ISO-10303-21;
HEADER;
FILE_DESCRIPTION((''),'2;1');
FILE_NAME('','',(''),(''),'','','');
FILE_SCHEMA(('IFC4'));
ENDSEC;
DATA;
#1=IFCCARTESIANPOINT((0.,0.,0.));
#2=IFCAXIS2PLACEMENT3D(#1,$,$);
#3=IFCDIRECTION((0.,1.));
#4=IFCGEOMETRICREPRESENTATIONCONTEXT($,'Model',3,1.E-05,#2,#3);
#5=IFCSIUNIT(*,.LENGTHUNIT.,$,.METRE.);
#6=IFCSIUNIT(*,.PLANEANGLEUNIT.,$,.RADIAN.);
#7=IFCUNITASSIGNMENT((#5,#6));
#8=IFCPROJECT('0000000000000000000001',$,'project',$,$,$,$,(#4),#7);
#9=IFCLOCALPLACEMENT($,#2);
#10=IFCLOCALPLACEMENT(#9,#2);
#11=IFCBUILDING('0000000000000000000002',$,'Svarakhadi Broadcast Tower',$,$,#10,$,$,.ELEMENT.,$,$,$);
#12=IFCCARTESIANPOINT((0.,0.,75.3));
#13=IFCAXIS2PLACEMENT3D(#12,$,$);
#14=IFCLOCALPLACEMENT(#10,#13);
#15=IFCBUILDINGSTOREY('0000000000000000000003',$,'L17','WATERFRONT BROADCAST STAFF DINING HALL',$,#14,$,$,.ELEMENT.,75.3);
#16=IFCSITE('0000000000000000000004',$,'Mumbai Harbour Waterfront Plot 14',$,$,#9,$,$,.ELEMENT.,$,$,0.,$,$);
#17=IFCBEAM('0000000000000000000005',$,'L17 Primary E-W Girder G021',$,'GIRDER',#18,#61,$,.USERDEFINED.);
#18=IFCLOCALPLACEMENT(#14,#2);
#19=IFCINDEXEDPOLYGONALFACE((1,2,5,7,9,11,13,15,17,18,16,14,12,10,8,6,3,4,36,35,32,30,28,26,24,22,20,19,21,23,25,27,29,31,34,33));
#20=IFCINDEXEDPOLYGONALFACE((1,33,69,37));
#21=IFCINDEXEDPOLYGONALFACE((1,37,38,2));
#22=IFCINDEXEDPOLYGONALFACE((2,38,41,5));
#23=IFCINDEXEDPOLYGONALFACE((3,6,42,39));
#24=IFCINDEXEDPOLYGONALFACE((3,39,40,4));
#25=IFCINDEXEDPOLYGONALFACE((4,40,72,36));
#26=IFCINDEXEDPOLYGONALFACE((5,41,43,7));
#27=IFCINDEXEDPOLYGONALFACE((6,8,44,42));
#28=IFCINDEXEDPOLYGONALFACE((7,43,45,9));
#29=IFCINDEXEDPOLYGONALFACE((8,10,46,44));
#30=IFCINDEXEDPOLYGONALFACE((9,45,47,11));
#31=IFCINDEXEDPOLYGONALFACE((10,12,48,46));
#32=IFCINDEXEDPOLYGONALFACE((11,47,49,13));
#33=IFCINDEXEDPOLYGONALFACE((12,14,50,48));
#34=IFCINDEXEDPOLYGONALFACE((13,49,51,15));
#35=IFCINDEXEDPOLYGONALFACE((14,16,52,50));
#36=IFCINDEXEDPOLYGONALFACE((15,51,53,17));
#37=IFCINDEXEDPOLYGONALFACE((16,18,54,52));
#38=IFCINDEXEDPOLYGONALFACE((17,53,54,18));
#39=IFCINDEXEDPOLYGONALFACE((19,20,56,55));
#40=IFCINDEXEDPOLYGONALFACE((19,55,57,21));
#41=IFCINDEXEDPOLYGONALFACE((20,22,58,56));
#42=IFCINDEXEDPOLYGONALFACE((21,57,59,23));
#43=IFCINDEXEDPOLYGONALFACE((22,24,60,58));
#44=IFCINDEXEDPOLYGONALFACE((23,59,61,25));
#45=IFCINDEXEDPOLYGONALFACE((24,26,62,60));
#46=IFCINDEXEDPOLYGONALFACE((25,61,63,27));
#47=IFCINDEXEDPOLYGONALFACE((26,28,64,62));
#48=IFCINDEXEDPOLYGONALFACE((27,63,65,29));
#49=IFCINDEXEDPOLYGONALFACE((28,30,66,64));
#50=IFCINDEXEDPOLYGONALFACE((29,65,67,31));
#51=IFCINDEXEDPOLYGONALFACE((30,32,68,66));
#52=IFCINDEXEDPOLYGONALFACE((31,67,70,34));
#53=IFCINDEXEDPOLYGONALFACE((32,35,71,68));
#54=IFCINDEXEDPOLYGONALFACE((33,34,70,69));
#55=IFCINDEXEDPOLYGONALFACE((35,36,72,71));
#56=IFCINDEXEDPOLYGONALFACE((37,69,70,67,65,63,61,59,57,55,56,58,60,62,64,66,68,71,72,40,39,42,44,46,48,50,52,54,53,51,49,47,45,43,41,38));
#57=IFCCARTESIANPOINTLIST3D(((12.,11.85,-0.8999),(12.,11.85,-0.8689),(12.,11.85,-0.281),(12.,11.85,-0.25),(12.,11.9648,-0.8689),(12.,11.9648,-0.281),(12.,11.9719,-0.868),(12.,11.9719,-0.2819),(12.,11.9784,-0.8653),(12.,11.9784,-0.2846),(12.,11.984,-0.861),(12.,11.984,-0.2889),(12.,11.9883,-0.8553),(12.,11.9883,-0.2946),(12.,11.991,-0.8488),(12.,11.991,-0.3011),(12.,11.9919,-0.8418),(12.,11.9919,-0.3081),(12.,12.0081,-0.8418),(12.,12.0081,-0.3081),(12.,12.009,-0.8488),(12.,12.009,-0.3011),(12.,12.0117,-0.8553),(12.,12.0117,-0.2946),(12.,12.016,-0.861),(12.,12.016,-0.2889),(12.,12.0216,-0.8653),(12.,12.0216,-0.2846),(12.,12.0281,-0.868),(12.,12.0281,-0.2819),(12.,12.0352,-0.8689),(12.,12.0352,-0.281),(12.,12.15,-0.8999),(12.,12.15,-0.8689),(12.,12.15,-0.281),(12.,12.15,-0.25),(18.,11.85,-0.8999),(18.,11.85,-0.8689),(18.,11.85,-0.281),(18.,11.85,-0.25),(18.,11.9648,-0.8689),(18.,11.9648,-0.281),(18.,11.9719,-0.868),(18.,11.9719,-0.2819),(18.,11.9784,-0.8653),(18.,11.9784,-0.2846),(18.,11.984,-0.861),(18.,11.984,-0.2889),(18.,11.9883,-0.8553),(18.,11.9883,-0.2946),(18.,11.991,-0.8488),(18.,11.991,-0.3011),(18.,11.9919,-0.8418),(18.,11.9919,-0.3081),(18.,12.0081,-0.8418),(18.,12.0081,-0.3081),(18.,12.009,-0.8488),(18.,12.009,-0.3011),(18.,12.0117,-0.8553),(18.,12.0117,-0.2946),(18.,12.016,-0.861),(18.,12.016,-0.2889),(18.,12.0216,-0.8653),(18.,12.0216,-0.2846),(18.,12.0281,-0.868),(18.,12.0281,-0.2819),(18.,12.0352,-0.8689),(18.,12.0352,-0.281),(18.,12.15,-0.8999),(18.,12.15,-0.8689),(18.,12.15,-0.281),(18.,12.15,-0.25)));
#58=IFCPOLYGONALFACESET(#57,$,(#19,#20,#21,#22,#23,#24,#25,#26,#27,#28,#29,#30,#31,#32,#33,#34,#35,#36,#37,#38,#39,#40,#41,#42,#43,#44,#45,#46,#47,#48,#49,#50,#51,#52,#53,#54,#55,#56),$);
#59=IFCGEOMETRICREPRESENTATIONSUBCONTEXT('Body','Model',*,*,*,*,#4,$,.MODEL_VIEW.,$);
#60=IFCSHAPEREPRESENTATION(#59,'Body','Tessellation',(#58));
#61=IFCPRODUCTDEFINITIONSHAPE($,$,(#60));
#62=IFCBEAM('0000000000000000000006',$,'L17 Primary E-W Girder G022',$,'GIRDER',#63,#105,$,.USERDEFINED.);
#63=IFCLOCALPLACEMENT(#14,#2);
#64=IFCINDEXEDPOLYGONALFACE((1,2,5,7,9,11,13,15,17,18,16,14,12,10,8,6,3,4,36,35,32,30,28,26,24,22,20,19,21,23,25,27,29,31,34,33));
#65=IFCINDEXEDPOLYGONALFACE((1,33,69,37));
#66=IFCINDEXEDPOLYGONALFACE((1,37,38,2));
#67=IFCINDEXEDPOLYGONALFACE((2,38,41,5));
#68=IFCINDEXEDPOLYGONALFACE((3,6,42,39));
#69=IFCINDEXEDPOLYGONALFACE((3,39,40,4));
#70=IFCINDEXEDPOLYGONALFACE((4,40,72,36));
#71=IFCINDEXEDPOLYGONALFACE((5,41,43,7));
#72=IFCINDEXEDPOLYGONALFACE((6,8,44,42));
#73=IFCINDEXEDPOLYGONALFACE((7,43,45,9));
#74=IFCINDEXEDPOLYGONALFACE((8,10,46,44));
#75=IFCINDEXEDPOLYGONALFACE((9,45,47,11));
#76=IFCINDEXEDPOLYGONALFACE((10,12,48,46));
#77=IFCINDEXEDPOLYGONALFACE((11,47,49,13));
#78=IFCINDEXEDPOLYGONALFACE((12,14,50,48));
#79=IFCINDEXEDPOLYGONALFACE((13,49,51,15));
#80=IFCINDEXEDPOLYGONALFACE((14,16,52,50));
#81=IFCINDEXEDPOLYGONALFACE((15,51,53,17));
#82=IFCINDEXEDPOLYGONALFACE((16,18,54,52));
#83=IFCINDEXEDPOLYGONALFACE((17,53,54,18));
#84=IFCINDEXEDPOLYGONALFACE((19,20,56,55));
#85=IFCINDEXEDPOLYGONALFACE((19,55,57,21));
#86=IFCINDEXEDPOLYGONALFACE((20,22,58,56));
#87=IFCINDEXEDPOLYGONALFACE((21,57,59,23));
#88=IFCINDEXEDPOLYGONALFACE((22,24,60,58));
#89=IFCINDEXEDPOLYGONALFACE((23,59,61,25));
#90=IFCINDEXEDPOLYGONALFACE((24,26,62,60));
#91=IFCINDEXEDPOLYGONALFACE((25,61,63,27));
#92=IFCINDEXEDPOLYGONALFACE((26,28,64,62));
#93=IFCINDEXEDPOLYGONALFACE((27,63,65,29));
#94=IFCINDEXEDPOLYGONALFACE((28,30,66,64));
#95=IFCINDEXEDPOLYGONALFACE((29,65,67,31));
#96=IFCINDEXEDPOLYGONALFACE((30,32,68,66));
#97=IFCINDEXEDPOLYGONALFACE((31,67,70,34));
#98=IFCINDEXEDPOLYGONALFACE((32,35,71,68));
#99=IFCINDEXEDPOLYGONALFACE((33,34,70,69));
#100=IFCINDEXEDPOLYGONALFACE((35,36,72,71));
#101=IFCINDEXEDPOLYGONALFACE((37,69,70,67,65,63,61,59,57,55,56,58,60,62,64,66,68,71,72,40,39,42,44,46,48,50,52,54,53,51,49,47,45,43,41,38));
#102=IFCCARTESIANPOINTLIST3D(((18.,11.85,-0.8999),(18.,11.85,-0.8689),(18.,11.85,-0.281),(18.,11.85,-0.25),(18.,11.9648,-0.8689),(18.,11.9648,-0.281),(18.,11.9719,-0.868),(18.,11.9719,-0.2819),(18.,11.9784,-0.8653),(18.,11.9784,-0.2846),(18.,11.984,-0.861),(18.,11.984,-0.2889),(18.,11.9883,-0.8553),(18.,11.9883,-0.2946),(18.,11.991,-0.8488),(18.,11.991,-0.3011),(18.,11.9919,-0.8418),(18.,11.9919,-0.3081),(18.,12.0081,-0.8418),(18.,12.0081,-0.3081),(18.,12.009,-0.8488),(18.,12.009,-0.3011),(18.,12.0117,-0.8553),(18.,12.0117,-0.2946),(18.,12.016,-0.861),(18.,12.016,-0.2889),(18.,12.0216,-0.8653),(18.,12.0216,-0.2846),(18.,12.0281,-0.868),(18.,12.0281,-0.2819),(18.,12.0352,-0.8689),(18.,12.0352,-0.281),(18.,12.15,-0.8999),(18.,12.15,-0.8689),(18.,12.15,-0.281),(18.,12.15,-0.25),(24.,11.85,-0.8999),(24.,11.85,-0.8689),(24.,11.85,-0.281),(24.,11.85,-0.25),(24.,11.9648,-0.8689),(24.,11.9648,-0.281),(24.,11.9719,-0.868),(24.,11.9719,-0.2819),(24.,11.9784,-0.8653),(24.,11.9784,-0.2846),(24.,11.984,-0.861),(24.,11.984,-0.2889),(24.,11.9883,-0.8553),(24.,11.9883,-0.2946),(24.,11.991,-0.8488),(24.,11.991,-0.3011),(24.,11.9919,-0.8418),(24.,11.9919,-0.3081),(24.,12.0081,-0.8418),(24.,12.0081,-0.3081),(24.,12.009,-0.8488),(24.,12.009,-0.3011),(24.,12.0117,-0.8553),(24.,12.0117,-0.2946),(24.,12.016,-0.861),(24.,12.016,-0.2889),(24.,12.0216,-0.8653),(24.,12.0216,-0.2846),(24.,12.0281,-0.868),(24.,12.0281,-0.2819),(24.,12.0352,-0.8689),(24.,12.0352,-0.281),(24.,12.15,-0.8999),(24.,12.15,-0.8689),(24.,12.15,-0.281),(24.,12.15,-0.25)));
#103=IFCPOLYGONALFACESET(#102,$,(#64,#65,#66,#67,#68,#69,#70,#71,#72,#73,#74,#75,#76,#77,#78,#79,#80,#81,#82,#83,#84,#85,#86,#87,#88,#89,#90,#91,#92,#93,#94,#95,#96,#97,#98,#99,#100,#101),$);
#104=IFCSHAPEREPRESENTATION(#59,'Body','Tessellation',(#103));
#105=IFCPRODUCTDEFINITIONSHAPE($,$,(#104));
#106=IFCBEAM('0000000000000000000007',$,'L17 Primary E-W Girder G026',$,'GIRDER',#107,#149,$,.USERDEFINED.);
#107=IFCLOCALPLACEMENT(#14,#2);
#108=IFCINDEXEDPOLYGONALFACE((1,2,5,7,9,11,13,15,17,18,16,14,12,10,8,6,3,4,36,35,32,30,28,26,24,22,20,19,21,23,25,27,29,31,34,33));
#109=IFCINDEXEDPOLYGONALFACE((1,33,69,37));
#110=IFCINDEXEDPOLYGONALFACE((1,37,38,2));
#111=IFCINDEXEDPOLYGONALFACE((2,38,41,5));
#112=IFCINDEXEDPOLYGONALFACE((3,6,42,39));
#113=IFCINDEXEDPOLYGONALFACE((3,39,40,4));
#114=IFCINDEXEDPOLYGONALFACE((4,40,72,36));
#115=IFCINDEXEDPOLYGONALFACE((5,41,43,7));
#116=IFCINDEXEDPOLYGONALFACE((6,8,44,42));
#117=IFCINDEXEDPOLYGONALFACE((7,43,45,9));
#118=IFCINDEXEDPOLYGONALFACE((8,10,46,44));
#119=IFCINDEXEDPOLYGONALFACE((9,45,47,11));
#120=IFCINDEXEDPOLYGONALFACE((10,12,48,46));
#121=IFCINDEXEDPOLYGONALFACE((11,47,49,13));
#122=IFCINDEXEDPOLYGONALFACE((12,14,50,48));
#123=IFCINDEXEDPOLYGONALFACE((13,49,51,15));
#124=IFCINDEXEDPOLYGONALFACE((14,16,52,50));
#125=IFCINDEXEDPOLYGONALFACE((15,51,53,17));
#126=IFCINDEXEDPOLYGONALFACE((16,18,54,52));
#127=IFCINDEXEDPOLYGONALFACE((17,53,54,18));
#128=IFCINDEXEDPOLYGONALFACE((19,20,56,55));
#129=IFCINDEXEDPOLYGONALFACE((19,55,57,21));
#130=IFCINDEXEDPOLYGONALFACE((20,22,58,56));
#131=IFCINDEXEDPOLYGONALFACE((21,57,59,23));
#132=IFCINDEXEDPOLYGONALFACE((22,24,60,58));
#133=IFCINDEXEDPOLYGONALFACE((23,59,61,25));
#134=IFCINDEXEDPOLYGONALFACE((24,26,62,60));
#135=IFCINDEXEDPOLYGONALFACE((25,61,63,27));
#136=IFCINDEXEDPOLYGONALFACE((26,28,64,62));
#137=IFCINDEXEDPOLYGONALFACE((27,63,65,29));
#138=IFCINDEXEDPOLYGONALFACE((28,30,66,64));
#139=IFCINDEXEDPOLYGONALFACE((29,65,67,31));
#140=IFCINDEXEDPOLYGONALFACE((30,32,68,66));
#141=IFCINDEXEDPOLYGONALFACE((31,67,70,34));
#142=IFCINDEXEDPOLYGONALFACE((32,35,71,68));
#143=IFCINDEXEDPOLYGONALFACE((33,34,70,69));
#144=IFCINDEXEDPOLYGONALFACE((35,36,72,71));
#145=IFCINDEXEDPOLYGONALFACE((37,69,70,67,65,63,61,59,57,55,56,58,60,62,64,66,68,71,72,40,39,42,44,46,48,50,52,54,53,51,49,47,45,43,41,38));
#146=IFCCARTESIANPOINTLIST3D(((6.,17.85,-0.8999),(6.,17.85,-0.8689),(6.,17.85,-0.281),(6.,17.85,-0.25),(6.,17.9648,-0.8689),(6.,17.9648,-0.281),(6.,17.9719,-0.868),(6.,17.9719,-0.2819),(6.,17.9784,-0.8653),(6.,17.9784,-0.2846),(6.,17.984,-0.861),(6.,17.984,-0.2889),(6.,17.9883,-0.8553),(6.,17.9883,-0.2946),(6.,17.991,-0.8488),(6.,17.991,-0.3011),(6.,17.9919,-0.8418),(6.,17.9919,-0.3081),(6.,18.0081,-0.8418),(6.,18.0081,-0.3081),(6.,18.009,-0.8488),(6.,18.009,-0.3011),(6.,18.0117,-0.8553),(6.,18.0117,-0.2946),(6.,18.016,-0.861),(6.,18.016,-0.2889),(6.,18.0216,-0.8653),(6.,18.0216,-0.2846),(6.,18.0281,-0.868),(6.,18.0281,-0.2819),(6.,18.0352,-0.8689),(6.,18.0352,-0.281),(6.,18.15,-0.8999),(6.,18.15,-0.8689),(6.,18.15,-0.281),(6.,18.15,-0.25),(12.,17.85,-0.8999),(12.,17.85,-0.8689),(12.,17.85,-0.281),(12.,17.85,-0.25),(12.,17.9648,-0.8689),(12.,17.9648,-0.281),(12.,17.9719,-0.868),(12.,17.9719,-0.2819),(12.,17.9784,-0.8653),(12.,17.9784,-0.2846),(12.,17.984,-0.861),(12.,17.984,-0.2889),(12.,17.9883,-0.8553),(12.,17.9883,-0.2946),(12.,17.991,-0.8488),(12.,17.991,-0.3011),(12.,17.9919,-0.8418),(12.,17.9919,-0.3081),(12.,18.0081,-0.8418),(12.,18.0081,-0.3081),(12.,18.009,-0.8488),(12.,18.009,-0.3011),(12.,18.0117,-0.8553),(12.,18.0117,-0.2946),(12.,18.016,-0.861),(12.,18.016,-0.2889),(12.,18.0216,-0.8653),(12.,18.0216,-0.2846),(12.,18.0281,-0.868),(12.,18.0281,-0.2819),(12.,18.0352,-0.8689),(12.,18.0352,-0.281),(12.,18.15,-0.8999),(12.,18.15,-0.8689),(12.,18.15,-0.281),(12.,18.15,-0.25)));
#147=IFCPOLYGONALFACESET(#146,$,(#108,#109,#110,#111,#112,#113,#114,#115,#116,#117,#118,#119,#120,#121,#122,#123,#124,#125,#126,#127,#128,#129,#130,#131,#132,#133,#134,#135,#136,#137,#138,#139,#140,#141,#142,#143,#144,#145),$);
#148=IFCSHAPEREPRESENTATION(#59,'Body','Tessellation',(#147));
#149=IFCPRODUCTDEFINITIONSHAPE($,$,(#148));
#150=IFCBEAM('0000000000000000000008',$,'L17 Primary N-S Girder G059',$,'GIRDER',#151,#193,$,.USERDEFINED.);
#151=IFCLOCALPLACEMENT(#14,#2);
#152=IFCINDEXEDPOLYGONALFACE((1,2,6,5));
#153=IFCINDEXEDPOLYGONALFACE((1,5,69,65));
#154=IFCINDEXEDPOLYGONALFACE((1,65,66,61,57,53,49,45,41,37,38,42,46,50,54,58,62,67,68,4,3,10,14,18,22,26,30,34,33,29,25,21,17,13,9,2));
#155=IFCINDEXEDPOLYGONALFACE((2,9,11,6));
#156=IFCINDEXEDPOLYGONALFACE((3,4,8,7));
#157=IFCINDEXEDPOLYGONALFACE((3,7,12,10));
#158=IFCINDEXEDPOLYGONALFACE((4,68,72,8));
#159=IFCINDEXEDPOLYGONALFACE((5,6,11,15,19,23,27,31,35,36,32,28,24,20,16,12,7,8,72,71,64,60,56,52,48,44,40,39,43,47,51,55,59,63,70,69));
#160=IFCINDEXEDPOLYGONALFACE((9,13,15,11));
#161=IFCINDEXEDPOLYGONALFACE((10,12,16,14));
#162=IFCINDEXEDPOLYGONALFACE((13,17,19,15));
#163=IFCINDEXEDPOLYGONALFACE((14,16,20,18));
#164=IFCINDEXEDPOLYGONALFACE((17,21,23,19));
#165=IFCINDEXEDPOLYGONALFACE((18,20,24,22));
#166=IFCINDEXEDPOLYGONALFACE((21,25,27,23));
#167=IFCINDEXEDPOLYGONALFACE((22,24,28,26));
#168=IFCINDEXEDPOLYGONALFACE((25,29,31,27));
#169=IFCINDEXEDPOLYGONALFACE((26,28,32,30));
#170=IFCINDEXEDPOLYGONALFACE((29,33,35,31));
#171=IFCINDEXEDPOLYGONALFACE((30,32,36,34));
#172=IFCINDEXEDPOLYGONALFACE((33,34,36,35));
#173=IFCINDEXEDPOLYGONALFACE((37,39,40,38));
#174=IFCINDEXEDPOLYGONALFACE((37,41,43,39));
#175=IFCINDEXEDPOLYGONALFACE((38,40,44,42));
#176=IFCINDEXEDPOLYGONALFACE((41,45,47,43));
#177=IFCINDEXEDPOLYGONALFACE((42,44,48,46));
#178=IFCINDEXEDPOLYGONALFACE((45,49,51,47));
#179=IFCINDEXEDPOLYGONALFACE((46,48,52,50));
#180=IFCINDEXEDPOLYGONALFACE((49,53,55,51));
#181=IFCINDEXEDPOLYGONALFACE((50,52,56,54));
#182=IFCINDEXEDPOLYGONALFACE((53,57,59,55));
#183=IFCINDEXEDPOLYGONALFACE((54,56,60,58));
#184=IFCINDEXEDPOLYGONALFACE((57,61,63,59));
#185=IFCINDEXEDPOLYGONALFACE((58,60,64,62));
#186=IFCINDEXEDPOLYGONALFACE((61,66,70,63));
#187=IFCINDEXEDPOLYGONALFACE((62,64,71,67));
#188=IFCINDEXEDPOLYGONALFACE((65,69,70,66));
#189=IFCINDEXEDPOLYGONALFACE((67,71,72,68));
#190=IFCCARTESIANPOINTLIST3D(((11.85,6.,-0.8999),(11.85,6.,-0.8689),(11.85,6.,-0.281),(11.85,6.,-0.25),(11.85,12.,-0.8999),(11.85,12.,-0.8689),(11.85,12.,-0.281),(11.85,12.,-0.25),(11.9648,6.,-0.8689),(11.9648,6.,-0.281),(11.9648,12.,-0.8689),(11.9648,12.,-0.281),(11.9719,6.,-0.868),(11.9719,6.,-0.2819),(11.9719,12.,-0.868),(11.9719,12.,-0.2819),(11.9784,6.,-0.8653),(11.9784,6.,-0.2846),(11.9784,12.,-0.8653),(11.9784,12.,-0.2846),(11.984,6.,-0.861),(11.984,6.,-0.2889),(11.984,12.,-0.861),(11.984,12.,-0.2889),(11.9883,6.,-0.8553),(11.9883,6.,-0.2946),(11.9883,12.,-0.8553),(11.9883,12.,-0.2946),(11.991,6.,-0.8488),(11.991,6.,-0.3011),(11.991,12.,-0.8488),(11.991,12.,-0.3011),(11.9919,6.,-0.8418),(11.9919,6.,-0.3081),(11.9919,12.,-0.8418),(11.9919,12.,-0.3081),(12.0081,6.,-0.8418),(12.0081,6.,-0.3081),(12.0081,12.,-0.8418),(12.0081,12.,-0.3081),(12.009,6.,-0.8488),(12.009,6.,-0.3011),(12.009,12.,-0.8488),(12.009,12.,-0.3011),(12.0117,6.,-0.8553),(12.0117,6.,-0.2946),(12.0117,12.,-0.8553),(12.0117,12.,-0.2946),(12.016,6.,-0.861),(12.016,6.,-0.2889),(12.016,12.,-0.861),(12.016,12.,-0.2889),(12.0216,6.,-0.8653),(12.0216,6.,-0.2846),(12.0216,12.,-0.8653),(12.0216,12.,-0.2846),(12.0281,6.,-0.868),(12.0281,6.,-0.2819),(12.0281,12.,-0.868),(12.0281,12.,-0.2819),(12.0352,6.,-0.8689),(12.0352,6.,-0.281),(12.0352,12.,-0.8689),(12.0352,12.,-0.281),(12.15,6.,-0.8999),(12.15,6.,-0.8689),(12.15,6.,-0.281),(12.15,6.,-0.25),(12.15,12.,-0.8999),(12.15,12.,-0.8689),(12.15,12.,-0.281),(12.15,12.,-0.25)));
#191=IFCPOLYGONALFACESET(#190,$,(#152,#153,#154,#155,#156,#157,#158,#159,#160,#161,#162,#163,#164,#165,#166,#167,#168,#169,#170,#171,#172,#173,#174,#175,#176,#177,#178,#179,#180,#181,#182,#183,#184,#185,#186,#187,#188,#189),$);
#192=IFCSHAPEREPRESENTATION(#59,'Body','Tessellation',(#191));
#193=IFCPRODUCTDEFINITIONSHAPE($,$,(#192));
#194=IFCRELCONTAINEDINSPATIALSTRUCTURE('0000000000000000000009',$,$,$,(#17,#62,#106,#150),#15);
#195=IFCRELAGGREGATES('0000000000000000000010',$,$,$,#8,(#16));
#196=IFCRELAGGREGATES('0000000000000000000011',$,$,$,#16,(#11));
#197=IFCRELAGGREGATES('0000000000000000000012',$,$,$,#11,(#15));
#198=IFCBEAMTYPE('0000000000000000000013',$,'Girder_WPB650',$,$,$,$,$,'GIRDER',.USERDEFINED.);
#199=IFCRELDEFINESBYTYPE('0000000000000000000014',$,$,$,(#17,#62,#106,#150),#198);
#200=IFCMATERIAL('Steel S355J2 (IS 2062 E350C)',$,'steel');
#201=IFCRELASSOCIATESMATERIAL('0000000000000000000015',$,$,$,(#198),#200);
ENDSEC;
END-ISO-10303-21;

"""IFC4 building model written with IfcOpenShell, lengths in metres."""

from ifc_helpers import new_model, si_unit, direction, frame, origin, origin_2d, place, context, subcontext, project, spatial, i_section, extrude, material, material_profile, profile_set, type_object, element, save


model = new_model("IFC4")

# Units and contexts
model_context = context("Model", 3, precision=1e-05, world=origin(), true_north=direction((0.0, 1.0)))
body_context = subcontext(model_context, "Body", "Model", "MODEL_VIEW")
ifc_project = project(units=[si_unit("LENGTHUNIT", "METRE"), si_unit("PLANEANGLEUNIT", "RADIAN")], contexts=[model_context])

# Site, building, storey
site_placement = place(None, origin())
site = spatial("IfcSite", under=ifc_project, at=site_placement, Name="Mumbai Harbour Waterfront Plot 14", CompositionType="ELEMENT", RefElevation=0.0)
building_placement = place(site_placement, origin())
building = spatial("IfcBuilding", under=site, at=building_placement, Name="Svarakhadi Broadcast Tower", CompositionType="ELEMENT")
storey_placement = place(building_placement, frame((0.0, 0.0, 75.3)))
storey = spatial("IfcBuildingStorey", under=building, at=storey_placement, Name="L17", Description="WATERFRONT BROADCAST STAFF DINING HALL", CompositionType="ELEMENT", Elevation=75.3)

# Beams
ifc_material_1 = material(Name="Steel S355J2 (IS 2062 E350C)", Category="steel")
ifc_material_profile_1 = material_profile(ifc_material_1, i_section(OverallWidth=0.3, OverallDepth=0.6499, WebThickness=0.0161, FlangeThickness=0.031, FilletRadius=0.0271, at=origin_2d()), Name="WPB 650x300x225")
ifc_profile_set_1 = profile_set([ifc_material_profile_1], Name="Steel S355J2 (IS 2062 E350C)")
beam_type_1 = type_object("IfcBeamType", Name="Girder_WPB650", ElementType="GIRDER", PredefinedType="USERDEFINED", material=ifc_profile_set_1)
for number, where, z_axis, x_axis, name in (
    (1, (12.0, 12.0, -0.575), (1.0, 0.0, 0.0), (0.0, 1.0, 0.0), "L17 Primary E-W Girder G021"),
    (2, (18.0, 12.0, -0.575), (1.0, 0.0, 0.0), (0.0, 1.0, 0.0), "L17 Primary E-W Girder G022"),
    (3, (6.0, 18.0, -0.575), (1.0, 0.0, 0.0), (0.0, 1.0, 0.0), "L17 Primary E-W Girder G026"),
    (4, (12.0, 6.0, -0.575), (0.0, 1.0, 0.0), (-1.0, 0.0, 0.0), "L17 Primary N-S Girder G059"),
):
    element("IfcBeam", number, at=place(storey_placement, frame(where, z_axis=z_axis, x_axis=x_axis)), inside=storey, type_object=beam_type_1, Name=name, ObjectType="GIRDER", PredefinedType="USERDEFINED", context=body_context, shape_type="SweptSolid", body=[
        extrude(i_section(OverallWidth=0.3, OverallDepth=0.6499, WebThickness=0.0161, FlangeThickness=0.031, FilletRadius=0.0271, at=origin_2d()), origin(), (0.0, 0.0, 1.0), 6.0),
    ])

save(model, "model.ifc")
